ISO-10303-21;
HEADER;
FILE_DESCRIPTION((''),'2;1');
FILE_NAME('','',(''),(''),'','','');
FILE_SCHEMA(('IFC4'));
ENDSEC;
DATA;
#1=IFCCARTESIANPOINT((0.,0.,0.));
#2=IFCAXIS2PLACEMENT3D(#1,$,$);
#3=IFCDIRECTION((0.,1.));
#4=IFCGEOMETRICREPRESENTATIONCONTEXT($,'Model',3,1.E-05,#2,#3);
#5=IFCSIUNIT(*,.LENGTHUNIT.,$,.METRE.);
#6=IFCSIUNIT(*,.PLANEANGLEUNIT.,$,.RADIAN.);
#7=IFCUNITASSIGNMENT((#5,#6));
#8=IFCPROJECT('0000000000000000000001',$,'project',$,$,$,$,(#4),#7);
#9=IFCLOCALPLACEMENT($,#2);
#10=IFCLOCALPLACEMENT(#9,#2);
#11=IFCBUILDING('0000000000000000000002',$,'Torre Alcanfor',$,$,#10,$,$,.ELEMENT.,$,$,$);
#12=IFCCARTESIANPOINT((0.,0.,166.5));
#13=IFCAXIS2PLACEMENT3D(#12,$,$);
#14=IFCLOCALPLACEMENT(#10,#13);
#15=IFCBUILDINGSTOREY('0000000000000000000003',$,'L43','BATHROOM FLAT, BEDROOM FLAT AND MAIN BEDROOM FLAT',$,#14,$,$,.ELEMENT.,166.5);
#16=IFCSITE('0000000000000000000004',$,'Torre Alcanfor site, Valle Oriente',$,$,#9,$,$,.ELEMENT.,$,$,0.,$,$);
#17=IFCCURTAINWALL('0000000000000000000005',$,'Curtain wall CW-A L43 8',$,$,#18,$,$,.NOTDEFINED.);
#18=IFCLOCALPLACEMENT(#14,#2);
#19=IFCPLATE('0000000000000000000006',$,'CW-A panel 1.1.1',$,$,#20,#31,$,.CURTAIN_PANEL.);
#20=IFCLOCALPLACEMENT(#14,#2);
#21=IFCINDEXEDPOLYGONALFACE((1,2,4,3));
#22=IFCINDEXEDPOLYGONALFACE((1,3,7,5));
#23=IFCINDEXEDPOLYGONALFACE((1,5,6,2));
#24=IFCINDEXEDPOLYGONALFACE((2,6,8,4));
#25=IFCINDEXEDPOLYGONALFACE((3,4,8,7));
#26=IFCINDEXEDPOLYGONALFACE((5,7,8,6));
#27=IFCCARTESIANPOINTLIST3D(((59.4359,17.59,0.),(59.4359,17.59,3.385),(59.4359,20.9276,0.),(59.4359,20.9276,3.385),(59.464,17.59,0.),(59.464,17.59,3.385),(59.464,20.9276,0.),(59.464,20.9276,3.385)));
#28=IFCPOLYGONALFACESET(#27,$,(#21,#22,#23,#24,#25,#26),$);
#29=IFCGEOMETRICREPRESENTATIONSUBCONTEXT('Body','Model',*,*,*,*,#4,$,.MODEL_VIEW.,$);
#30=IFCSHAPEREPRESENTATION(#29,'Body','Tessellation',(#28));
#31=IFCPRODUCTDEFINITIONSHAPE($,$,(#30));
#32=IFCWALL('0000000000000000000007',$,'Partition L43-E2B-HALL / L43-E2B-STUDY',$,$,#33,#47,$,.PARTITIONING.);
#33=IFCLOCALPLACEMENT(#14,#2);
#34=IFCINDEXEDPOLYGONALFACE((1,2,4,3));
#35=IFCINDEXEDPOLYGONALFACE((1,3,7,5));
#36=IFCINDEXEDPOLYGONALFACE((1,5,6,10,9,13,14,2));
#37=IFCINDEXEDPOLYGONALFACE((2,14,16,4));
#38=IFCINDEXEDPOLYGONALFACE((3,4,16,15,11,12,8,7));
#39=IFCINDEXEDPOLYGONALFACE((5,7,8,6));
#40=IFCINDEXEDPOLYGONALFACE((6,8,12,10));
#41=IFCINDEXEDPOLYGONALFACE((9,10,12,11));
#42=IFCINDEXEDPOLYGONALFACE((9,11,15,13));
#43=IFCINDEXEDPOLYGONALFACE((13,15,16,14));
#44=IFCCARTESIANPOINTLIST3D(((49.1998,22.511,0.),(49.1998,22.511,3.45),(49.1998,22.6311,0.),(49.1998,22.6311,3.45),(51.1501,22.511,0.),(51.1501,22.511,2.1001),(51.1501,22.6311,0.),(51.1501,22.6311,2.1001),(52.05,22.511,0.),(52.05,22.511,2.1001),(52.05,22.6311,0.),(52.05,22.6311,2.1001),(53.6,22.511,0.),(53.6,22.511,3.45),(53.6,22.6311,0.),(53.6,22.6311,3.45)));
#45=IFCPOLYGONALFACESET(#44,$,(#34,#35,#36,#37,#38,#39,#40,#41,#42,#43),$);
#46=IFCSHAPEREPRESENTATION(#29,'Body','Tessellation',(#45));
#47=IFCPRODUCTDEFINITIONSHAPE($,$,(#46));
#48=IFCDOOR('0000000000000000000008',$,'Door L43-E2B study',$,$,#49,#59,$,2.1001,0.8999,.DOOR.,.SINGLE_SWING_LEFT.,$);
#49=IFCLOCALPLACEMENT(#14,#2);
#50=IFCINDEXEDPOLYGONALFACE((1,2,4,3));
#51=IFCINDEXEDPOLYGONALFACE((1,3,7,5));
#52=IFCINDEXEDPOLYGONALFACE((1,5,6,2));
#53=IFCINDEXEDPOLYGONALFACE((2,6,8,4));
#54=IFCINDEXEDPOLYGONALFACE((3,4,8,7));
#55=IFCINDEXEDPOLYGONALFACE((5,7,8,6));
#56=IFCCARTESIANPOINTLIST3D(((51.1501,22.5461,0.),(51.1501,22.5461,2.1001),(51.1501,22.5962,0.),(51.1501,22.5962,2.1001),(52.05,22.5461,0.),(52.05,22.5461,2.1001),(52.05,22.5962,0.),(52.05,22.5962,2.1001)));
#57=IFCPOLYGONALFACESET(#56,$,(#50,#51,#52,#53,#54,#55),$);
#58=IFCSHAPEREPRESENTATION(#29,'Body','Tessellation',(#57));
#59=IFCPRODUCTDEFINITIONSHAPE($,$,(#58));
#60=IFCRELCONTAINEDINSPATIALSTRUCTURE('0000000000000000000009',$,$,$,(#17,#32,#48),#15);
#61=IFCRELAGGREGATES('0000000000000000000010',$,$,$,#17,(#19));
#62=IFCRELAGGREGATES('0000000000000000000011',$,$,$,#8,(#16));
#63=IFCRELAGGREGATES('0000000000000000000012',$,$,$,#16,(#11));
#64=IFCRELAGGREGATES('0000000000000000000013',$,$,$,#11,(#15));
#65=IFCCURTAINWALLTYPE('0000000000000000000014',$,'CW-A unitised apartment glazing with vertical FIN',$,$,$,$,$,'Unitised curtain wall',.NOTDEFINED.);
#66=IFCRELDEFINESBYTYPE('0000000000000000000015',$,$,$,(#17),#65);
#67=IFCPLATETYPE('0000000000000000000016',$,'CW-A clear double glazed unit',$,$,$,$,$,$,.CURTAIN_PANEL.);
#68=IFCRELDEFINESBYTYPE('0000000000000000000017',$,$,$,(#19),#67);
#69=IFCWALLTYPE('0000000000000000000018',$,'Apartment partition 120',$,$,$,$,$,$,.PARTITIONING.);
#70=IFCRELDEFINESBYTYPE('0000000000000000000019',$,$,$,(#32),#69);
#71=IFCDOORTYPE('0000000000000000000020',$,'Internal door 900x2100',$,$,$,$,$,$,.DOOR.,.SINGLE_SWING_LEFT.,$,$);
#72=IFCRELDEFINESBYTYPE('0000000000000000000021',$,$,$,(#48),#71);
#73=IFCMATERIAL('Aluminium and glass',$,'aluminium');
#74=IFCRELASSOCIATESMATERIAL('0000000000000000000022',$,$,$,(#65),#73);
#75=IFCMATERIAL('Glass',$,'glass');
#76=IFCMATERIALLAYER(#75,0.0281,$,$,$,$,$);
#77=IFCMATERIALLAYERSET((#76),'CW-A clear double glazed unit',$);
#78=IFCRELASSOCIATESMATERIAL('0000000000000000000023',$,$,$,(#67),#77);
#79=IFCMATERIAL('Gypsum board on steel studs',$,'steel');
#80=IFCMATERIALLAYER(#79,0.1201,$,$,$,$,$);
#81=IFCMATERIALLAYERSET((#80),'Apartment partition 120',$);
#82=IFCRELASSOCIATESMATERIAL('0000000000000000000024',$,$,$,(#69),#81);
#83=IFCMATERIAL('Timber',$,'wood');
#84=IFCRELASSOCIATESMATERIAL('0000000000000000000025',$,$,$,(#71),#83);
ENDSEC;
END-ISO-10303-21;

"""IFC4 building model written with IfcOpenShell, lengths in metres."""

from ifc_helpers import new_model, si_unit, direction, frame, frame_2d, origin, origin_2d, place, context, subcontext, project, spatial, rectangle, extrude, material, layer, layer_set, type_object, element, fill, aggregate, save


model = new_model("IFC4")

# Units and contexts
model_context = context("Model", 3, precision=1e-05, world=origin(), true_north=direction((0.0, 1.0)))
body_context = subcontext(model_context, "Body", "Model", "MODEL_VIEW")
ifc_project = project(units=[si_unit("LENGTHUNIT", "METRE"), si_unit("PLANEANGLEUNIT", "RADIAN")], contexts=[model_context])

# Site, building, storey
site_placement = place(None, origin())
site = spatial("IfcSite", under=ifc_project, at=site_placement, Name="Torre Alcanfor site, Valle Oriente", CompositionType="ELEMENT", RefElevation=0.0)
building_placement = place(site_placement, origin())
building = spatial("IfcBuilding", under=site, at=building_placement, Name="Torre Alcanfor", CompositionType="ELEMENT")
storey_placement = place(building_placement, frame((0.0, 0.0, 166.5)))
storey = spatial("IfcBuildingStorey", under=building, at=storey_placement, Name="L43", Description="BATHROOM FLAT, BEDROOM FLAT AND MAIN BEDROOM FLAT", CompositionType="ELEMENT", Elevation=166.5)

# Curtain wall
ifc_material_1 = material(Name="Aluminium and glass", Category="aluminium")
curtain_wall_type = type_object("IfcCurtainWallType", Name="CW-A unitised apartment glazing with vertical FIN", ElementType="Unitised curtain wall", PredefinedType="NOTDEFINED", material=ifc_material_1)
curtain_wall_placement = place(storey_placement, origin())
curtain_wall = element("IfcCurtainWall", 1, at=curtain_wall_placement, inside=storey, type_object=curtain_wall_type, Name="Curtain wall CW-A L43 8", PredefinedType="NOTDEFINED")

# Plate
ifc_material_2 = material(Name="Glass", Category="glass")
ifc_layer_1 = layer(ifc_material_2, 0.0281)
ifc_layer_set_1 = layer_set([ifc_layer_1], Name="CW-A clear double glazed unit")
plate_type = type_object("IfcPlateType", Name="CW-A clear double glazed unit", PredefinedType="CURTAIN_PANEL", material=ifc_layer_set_1)
plate_placement = place(storey_placement, frame((59.45, 19.2588, 0.0), z_axis=(0.0, 0.0, 1.0), x_axis=(0.0, 1.0, 0.0)))
plate = element("IfcPlate", 2, at=plate_placement, type_object=plate_type, Name="CW-A panel 1.1.1", PredefinedType="CURTAIN_PANEL", context=body_context, shape_type="SweptSolid", body=[
    extrude(rectangle(XDim=3.3376, YDim=0.0281, at=origin_2d()), origin(), (0.0, 0.0, 1.0), 3.385),
])
aggregate(curtain_wall, [plate])

# Wall, opening, door
ifc_material_3 = material(Name="Gypsum board on steel studs", Category="steel")
ifc_layer_2 = layer(ifc_material_3, 0.1201)
ifc_layer_set_2 = layer_set([ifc_layer_2], Name="Apartment partition 120")
wall_type_1 = type_object("IfcWallType", Name="Apartment partition 120", PredefinedType="PARTITIONING", material=ifc_layer_set_2)
wall_1_placement = place(storey_placement, frame((53.6001, 22.571, 0.0), z_axis=(0.0, 0.0, 1.0), x_axis=(-1.0, 0.0, 0.0)))
wall_1 = element("IfcWall", 3, at=wall_1_placement, inside=storey, type_object=wall_type_1, Name="Partition L43-E2B-HALL / L43-E2B-STUDY", PredefinedType="PARTITIONING", context=body_context, shape_type="SweptSolid", body=[
    extrude(rectangle(XDim=4.4001, YDim=0.1201, at=frame_2d((2.2002, 0.0))), origin(), (0.0, 0.0, 1.0), 3.45),
])
opening_placement = place(wall_1_placement, frame((1.55, 0.0, 0.0)))
opening = element("IfcOpeningElement", 4, at=opening_placement, cuts=wall_1, PredefinedType="OPENING", context=body_context, shape_type="SweptSolid", body=[
    extrude(rectangle(XDim=0.8999, YDim=2.1001, at=frame_2d((0.45, 1.05))), frame((0.0, 0.0701, 0.0), z_axis=(0.0, -1.0, 0.0), x_axis=(1.0, 0.0, 0.0)), (0.0, 0.0, 1.0), 0.1401),
])
ifc_material_4 = material(Name="Timber", Category="wood")
door_type = type_object("IfcDoorType", Name="Internal door 900x2100", OperationType="SINGLE_SWING_LEFT", PredefinedType="DOOR", material=ifc_material_4)
door_placement = place(opening_placement, origin())
door = element("IfcDoor", 5, at=door_placement, inside=storey, type_object=door_type, Name="Door L43-E2B study", OperationType="SINGLE_SWING_LEFT", OverallHeight=2.1001, OverallWidth=0.8999, PredefinedType="DOOR", context=body_context, shape_type="SweptSolid", body=[
    extrude(rectangle(XDim=0.8999, YDim=2.1001, at=frame_2d((0.45, 1.05))), frame((0.0, 0.0249, 0.0), z_axis=(0.0, -1.0, 0.0), x_axis=(1.0, 0.0, 0.0)), (0.0, 0.0, 1.0), 0.05),
])
fill(opening, door)

save(model, "model.ifc")
